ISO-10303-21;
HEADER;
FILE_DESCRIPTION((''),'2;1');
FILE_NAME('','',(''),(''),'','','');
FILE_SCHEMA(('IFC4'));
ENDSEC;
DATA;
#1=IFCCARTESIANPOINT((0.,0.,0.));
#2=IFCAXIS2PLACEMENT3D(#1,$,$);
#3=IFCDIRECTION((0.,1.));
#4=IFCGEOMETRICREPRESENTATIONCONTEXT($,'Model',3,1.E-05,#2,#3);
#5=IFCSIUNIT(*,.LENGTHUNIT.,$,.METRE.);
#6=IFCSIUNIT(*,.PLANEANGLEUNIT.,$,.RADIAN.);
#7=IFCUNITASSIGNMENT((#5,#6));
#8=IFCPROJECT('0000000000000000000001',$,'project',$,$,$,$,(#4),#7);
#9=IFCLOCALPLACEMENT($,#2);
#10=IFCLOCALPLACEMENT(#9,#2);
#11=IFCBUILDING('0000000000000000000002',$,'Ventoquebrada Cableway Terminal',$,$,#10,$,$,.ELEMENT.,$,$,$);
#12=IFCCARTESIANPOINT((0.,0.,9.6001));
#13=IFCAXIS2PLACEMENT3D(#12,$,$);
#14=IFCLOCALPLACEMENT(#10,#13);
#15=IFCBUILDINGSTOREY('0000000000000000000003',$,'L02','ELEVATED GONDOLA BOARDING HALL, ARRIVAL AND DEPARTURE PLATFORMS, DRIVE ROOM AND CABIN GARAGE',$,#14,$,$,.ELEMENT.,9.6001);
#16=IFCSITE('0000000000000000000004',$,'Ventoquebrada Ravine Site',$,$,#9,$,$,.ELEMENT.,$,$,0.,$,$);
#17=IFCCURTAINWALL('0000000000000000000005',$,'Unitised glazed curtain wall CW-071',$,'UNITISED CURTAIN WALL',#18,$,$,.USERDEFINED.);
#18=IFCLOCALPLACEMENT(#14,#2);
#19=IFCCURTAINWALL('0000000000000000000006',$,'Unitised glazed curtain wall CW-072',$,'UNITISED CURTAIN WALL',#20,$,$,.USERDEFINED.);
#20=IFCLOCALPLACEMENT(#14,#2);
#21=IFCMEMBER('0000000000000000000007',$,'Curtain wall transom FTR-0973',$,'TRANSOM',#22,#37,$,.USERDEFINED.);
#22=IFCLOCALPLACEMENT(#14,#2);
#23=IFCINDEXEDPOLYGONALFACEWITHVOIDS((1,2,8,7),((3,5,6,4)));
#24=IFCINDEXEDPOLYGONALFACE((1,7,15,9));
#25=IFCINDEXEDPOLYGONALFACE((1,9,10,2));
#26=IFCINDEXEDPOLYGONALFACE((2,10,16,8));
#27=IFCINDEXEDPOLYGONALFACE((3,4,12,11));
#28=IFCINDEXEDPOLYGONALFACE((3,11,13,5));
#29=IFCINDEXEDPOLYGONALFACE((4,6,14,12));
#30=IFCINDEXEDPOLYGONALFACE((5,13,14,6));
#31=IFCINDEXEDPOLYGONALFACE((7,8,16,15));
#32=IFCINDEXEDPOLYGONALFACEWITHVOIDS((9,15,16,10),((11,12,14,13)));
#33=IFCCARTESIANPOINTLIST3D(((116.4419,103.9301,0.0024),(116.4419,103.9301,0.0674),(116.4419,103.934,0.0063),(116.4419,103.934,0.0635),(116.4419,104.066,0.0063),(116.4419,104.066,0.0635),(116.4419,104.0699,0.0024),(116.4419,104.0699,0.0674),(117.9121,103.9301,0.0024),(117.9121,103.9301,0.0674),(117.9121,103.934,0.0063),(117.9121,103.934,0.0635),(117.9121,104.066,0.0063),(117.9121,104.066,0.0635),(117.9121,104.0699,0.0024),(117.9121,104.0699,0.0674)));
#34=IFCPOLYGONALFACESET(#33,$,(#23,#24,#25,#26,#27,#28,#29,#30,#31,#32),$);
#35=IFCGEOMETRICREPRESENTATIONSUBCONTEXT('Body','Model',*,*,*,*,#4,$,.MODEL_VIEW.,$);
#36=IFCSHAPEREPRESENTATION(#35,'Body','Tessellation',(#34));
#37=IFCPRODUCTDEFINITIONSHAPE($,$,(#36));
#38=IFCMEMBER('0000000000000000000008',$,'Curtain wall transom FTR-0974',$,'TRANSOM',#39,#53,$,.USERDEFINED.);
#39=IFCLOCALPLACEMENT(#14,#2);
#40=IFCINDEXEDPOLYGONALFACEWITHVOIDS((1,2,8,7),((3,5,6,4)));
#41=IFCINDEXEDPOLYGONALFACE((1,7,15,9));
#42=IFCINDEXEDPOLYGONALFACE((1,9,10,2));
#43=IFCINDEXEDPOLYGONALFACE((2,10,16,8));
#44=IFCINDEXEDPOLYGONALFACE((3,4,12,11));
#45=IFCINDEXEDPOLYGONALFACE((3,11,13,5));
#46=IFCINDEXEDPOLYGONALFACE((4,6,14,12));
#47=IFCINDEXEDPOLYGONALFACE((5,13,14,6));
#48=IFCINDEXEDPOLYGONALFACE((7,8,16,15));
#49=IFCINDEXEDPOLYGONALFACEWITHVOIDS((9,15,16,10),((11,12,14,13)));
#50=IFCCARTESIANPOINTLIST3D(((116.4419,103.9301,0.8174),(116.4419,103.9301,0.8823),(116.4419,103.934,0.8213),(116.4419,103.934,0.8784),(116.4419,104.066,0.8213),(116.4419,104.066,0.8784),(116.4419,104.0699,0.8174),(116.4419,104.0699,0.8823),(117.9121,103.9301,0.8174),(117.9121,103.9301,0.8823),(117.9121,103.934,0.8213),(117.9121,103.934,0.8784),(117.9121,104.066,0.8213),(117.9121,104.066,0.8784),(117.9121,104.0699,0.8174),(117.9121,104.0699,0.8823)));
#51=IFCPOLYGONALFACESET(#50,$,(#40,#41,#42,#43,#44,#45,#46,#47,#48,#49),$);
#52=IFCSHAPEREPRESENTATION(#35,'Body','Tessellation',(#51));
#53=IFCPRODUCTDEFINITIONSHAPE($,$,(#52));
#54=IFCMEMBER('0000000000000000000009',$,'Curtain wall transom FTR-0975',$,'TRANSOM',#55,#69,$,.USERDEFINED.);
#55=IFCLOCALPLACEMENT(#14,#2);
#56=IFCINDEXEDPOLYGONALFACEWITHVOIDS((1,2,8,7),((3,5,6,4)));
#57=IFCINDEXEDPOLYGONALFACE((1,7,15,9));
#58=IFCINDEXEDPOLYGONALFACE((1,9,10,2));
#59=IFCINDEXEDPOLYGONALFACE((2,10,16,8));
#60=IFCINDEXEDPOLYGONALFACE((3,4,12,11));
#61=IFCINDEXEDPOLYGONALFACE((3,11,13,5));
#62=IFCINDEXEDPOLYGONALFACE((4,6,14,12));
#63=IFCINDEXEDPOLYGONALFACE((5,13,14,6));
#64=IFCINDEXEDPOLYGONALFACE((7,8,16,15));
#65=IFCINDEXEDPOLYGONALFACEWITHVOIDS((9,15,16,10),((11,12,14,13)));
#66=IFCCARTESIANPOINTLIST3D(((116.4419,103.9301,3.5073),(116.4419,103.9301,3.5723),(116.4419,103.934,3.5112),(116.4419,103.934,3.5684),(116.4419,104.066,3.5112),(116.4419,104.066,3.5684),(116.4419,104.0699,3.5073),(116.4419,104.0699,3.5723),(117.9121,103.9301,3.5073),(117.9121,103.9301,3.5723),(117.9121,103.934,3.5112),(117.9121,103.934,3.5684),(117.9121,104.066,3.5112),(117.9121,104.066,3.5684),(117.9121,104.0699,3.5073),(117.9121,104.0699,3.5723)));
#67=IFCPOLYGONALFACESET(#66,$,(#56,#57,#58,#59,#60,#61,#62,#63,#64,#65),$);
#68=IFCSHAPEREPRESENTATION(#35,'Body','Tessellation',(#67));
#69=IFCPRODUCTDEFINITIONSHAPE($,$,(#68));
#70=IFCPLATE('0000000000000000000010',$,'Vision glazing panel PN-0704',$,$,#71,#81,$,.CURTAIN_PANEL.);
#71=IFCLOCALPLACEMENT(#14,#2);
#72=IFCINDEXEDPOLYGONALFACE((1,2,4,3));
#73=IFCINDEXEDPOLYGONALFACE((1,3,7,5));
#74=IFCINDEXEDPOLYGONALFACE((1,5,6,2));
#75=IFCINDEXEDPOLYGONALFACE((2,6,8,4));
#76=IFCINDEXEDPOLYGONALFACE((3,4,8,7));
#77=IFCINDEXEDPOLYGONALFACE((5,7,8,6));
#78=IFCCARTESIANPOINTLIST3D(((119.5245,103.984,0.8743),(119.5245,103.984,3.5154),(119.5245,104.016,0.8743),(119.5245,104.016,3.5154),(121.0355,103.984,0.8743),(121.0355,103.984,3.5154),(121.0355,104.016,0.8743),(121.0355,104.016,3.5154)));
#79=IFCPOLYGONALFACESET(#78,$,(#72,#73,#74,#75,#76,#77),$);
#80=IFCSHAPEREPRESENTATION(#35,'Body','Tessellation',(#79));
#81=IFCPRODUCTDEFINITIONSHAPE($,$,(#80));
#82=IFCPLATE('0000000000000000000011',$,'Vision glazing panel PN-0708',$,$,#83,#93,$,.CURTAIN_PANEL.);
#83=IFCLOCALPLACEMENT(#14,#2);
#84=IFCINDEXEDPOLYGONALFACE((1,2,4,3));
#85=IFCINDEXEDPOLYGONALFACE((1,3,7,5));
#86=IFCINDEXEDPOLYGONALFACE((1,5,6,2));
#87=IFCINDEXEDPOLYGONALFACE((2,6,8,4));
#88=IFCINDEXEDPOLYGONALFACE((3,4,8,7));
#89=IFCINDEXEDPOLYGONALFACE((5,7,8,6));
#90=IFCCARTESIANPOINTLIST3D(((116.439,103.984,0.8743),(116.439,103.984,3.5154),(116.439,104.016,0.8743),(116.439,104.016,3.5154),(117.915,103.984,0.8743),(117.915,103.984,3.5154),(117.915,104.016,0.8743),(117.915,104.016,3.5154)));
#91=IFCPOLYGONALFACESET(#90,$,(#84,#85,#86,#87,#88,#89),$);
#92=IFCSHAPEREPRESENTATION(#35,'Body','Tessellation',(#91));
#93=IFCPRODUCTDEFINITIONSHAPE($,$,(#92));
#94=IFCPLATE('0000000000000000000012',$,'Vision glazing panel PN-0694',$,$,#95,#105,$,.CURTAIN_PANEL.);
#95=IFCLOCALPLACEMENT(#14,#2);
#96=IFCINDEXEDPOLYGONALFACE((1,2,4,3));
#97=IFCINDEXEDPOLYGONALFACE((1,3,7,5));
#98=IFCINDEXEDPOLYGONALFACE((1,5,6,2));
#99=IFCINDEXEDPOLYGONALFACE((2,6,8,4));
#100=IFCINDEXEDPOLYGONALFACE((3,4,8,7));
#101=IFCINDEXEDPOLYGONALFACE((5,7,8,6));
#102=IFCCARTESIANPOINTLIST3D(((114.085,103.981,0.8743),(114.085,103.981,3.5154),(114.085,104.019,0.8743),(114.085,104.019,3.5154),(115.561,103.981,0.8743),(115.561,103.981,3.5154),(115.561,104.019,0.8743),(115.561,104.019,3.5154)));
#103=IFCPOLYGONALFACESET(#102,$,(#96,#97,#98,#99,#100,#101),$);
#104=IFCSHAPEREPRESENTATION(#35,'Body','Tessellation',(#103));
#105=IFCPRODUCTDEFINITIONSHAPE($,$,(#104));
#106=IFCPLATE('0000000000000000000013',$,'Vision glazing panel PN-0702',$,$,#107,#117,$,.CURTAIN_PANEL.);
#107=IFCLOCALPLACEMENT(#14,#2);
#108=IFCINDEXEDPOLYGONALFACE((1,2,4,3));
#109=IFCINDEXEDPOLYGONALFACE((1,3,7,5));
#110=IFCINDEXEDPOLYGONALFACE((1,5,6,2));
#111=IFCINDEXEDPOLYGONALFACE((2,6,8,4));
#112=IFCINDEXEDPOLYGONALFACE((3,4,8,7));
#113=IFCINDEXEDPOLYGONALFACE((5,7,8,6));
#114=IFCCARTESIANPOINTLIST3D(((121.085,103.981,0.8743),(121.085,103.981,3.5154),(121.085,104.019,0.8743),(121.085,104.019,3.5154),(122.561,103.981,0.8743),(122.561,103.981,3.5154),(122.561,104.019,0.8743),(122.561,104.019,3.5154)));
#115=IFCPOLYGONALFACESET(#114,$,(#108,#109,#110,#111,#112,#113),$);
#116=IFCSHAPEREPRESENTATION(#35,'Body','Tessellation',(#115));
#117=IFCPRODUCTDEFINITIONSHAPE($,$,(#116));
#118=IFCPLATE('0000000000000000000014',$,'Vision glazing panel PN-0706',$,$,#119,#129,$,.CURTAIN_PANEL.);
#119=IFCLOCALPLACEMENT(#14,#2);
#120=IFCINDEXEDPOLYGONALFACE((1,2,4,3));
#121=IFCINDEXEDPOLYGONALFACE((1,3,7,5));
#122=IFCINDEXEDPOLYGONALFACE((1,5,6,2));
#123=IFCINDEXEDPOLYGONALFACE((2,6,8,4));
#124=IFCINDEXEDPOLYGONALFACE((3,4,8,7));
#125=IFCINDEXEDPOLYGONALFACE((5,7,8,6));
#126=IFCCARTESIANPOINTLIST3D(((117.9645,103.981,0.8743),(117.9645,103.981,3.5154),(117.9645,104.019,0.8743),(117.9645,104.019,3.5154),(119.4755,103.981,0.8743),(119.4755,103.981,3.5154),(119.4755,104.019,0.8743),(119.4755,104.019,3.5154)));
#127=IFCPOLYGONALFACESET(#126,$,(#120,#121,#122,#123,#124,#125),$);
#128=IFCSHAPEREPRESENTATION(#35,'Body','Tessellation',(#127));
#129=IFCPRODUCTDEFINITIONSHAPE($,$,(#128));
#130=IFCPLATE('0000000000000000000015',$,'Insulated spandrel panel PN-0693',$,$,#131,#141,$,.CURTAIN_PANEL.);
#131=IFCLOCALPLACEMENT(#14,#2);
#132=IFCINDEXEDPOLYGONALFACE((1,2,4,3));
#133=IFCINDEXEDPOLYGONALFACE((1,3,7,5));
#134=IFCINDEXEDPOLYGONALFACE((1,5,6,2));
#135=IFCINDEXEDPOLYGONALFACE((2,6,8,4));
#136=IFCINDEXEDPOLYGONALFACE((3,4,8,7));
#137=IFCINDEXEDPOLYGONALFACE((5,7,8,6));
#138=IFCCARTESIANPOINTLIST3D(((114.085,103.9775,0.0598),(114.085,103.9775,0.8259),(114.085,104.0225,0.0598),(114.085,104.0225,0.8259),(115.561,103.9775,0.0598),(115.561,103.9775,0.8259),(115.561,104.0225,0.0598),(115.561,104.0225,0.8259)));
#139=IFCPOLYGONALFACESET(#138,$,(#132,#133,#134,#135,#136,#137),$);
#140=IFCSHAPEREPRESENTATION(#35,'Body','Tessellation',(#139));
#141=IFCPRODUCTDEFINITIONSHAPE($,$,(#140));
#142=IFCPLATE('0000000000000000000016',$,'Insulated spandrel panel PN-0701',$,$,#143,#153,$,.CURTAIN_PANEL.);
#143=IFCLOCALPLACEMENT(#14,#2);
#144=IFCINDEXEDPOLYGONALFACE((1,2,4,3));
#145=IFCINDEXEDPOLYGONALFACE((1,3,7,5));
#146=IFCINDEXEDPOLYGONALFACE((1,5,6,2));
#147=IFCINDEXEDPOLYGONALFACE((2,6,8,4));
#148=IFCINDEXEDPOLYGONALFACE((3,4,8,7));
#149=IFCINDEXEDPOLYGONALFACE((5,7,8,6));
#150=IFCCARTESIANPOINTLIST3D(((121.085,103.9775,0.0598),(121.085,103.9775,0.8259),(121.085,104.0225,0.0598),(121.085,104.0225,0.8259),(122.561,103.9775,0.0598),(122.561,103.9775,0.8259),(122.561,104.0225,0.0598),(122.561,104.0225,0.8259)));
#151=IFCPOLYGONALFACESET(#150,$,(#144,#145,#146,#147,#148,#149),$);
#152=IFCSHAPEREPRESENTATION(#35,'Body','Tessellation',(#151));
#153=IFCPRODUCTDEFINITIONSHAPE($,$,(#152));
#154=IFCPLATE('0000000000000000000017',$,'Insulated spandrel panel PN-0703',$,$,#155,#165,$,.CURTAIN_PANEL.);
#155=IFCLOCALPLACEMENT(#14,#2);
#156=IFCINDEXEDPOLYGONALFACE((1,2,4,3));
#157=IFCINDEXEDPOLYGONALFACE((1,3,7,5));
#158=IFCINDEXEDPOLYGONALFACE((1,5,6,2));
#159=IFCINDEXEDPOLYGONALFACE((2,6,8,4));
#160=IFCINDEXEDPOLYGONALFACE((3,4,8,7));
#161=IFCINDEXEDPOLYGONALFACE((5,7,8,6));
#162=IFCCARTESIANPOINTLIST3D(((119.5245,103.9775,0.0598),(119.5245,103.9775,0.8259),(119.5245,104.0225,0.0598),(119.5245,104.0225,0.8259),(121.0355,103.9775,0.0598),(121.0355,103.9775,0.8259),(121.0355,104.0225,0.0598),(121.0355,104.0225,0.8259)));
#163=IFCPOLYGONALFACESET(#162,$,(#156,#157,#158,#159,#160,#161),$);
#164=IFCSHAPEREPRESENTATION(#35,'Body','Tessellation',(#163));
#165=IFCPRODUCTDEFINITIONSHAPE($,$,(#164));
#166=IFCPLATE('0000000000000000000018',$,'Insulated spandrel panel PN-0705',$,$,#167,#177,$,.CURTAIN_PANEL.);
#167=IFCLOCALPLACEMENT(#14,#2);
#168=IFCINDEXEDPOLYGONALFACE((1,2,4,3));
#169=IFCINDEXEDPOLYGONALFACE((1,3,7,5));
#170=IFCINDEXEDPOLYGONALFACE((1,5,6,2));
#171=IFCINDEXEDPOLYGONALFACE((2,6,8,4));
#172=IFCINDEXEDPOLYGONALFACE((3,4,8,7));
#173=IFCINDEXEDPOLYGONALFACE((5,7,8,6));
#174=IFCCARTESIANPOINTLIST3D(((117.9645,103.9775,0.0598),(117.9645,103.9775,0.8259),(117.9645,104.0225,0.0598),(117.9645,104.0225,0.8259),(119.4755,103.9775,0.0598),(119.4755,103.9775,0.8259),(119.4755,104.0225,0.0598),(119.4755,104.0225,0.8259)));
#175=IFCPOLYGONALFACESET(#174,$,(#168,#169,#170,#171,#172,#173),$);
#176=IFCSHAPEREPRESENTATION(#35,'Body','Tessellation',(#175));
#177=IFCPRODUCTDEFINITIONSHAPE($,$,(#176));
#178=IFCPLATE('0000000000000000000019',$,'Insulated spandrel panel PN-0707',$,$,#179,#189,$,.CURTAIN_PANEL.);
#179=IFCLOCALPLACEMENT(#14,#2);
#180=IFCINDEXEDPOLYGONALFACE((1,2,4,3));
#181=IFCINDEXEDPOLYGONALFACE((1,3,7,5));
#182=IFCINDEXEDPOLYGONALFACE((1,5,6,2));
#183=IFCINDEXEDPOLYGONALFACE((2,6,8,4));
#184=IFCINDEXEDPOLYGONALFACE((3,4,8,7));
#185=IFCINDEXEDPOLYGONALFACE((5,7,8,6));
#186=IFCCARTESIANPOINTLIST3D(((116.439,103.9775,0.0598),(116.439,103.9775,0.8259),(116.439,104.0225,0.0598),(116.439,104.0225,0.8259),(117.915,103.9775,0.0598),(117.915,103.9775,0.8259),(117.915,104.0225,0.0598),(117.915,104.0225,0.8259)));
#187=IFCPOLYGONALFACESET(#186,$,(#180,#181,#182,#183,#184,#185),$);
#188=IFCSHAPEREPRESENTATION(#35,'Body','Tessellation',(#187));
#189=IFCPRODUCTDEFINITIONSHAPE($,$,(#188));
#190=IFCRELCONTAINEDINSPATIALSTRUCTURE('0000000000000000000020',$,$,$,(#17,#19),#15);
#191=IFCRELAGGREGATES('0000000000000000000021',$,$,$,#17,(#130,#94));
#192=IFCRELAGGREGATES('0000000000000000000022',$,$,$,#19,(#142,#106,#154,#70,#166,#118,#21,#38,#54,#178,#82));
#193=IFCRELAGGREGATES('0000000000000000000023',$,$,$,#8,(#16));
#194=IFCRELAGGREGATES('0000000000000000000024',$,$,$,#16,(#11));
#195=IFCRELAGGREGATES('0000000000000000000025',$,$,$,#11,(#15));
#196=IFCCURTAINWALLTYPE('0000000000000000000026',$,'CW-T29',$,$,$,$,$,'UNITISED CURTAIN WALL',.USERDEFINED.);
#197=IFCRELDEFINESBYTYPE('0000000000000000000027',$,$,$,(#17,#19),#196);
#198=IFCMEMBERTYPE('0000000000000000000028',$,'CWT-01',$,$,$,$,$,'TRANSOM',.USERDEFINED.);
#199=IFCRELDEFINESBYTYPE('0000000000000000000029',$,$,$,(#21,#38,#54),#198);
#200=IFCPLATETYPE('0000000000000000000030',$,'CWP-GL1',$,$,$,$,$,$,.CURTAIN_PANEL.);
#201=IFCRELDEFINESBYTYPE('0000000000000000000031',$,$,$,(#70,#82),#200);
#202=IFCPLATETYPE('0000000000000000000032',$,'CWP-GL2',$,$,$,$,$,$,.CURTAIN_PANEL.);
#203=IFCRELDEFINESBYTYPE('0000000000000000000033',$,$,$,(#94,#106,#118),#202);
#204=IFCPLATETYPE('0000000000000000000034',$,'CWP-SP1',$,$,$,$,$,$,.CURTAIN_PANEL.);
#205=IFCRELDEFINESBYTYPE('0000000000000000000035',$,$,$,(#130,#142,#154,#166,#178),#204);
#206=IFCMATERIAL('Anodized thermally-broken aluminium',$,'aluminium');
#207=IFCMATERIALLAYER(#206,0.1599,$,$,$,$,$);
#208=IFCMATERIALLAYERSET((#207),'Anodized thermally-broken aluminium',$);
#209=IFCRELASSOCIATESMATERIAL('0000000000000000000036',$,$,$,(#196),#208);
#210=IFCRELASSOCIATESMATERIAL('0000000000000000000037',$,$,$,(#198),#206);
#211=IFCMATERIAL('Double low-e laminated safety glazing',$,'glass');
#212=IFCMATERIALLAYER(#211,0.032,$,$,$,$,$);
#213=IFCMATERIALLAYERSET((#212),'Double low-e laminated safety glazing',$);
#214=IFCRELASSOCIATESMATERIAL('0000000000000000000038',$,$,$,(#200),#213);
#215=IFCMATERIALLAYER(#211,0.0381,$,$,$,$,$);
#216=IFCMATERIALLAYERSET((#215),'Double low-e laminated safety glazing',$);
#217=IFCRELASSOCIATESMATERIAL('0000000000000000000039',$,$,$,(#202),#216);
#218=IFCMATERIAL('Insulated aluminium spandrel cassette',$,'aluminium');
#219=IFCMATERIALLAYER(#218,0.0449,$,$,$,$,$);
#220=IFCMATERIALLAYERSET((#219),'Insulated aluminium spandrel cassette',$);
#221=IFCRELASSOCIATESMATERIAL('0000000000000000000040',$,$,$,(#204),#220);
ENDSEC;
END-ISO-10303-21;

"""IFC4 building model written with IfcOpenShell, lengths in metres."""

from ifc_helpers import new_model, si_unit, direction, frame, origin, origin_2d, place, context, subcontext, project, spatial, rectangle, hollow_rectangle, extrude, material, layer, layer_set, material_profile, profile_set, type_object, element, aggregate, save


model = new_model("IFC4")

# Units and contexts
model_context = context("Model", 3, precision=1e-05, world=origin(), true_north=direction((0.0, 1.0)))
body_context = subcontext(model_context, "Body", "Model", "MODEL_VIEW")
ifc_project = project(units=[si_unit("LENGTHUNIT", "METRE"), si_unit("PLANEANGLEUNIT", "RADIAN")], contexts=[model_context])

# Site, building, storey
site_placement = place(None, origin())
site = spatial("IfcSite", under=ifc_project, at=site_placement, Name="Ventoquebrada Ravine Site", CompositionType="ELEMENT", RefElevation=0.0)
building_placement = place(site_placement, origin())
building = spatial("IfcBuilding", under=site, at=building_placement, Name="Ventoquebrada Cableway Terminal", CompositionType="ELEMENT")
storey_placement = place(building_placement, frame((0.0, 0.0, 9.6001)))
storey = spatial("IfcBuildingStorey", under=building, at=storey_placement, Name="L02", Description="ELEVATED GONDOLA BOARDING HALL, ARRIVAL AND DEPARTURE PLATFORMS, DRIVE ROOM AND CABIN GARAGE", CompositionType="ELEMENT", Elevation=9.6001)

# Curtain walls
ifc_material_1 = material(Name="Anodized thermally-broken aluminium", Category="aluminium")
ifc_layer_1 = layer(ifc_material_1, 0.1599)
ifc_layer_set_1 = layer_set([ifc_layer_1], Name="Anodized thermally-broken aluminium")
curtain_wall_type = type_object("IfcCurtainWallType", Name="CW-T29", ElementType="UNITISED CURTAIN WALL", PredefinedType="USERDEFINED", material=ifc_layer_set_1)
curtain_wall_1_placement = place(storey_placement, origin())
curtain_wall_1 = element("IfcCurtainWall", 1, at=curtain_wall_1_placement, inside=storey, type_object=curtain_wall_type, Name="Unitised glazed curtain wall CW-071", ObjectType="UNITISED CURTAIN WALL", PredefinedType="USERDEFINED")
curtain_wall_2_placement = place(storey_placement, origin())
curtain_wall_2 = element("IfcCurtainWall", 2, at=curtain_wall_2_placement, inside=storey, type_object=curtain_wall_type, Name="Unitised glazed curtain wall CW-072", ObjectType="UNITISED CURTAIN WALL", PredefinedType="USERDEFINED")

# Members
ifc_material_profile_1 = material_profile(ifc_material_1, hollow_rectangle(XDim=0.0649, YDim=0.1399, WallThickness=0.0039, at=origin_2d()), Name="CW-TRN-65X140")
ifc_profile_set_1 = profile_set([ifc_material_profile_1], Name="Anodized thermally-broken aluminium")
member_type_1 = type_object("IfcMemberType", Name="CWT-01", ElementType="TRANSOM", PredefinedType="USERDEFINED", material=ifc_profile_set_1)
member_1_placement = place(storey_placement, frame((117.9121, 104.0, 0.0349), z_axis=(-1.0, 0.0, 0.0), x_axis=(0.0, 0.0, 1.0)))
member_1 = element("IfcMember", 3, at=member_1_placement, type_object=member_type_1, Name="Curtain wall transom FTR-0973", ObjectType="TRANSOM", PredefinedType="USERDEFINED", context=body_context, shape_type="SweptSolid", body=[
    extrude(hollow_rectangle(XDim=0.0649, YDim=0.1399, WallThickness=0.0039, at=origin_2d()), origin(), (0.0, 0.0, 1.0), 1.4702),
])
member_2_placement = place(storey_placement, frame((117.9121, 104.0, 0.8499), z_axis=(-1.0, 0.0, 0.0), x_axis=(0.0, 0.0, 1.0)))
member_2 = element("IfcMember", 4, at=member_2_placement, type_object=member_type_1, Name="Curtain wall transom FTR-0974", ObjectType="TRANSOM", PredefinedType="USERDEFINED", context=body_context, shape_type="SweptSolid", body=[
    extrude(hollow_rectangle(XDim=0.0649, YDim=0.1399, WallThickness=0.0039, at=origin_2d()), origin(), (0.0, 0.0, 1.0), 1.4702),
])
member_3_placement = place(storey_placement, frame((117.9121, 104.0, 3.5398), z_axis=(-1.0, 0.0, 0.0), x_axis=(0.0, 0.0, 1.0)))
member_3 = element("IfcMember", 5, at=member_3_placement, type_object=member_type_1, Name="Curtain wall transom FTR-0975", ObjectType="TRANSOM", PredefinedType="USERDEFINED", context=body_context, shape_type="SweptSolid", body=[
    extrude(hollow_rectangle(XDim=0.0649, YDim=0.1399, WallThickness=0.0039, at=origin_2d()), origin(), (0.0, 0.0, 1.0), 1.4702),
])

# Plates
ifc_material_2 = material(Name="Double low-e laminated safety glazing", Category="glass")
ifc_layer_2 = layer(ifc_material_2, 0.032)
ifc_layer_set_2 = layer_set([ifc_layer_2], Name="Double low-e laminated safety glazing")
plate_type_1 = type_object("IfcPlateType", Name="CWP-GL1", PredefinedType="CURTAIN_PANEL", material=ifc_layer_set_2)
plate_1_placement = place(storey_placement, frame((120.28, 104.0, 0.8743), z_axis=(0.0, 0.0, 1.0), x_axis=(-1.0, 0.0, 0.0)))
plate_1 = element("IfcPlate", 6, at=plate_1_placement, type_object=plate_type_1, Name="Vision glazing panel PN-0704", PredefinedType="CURTAIN_PANEL", context=body_context, shape_type="SweptSolid", body=[
    extrude(rectangle(XDim=1.511, YDim=0.032, at=origin_2d()), origin(), (0.0, 0.0, 1.0), 2.6411),
])
plate_2_placement = place(storey_placement, frame((117.177, 104.0, 0.8743), z_axis=(0.0, 0.0, 1.0), x_axis=(-1.0, 0.0, 0.0)))
plate_2 = element("IfcPlate", 7, at=plate_2_placement, type_object=plate_type_1, Name="Vision glazing panel PN-0708", PredefinedType="CURTAIN_PANEL", context=body_context, shape_type="SweptSolid", body=[
    extrude(rectangle(XDim=1.4761, YDim=0.032, at=origin_2d()), origin(), (0.0, 0.0, 1.0), 2.6411),
])
ifc_layer_3 = layer(ifc_material_2, 0.0381)
ifc_layer_set_3 = layer_set([ifc_layer_3], Name="Double low-e laminated safety glazing")
plate_type_2 = type_object("IfcPlateType", Name="CWP-GL2", PredefinedType="CURTAIN_PANEL", material=ifc_layer_set_3)
plate_3_placement = place(storey_placement, frame((114.823, 104.0, 0.8743), z_axis=(0.0, 0.0, 1.0), x_axis=(-1.0, 0.0, 0.0)))
plate_3 = element("IfcPlate", 8, at=plate_3_placement, type_object=plate_type_2, Name="Vision glazing panel PN-0694", PredefinedType="CURTAIN_PANEL", context=body_context, shape_type="SweptSolid", body=[
    extrude(rectangle(XDim=1.4761, YDim=0.0381, at=origin_2d()), origin(), (0.0, 0.0, 1.0), 2.6411),
])
plate_4_placement = place(storey_placement, frame((121.823, 104.0, 0.8743), z_axis=(0.0, 0.0, 1.0), x_axis=(-1.0, 0.0, 0.0)))
plate_4 = element("IfcPlate", 9, at=plate_4_placement, type_object=plate_type_2, Name="Vision glazing panel PN-0702", PredefinedType="CURTAIN_PANEL", context=body_context, shape_type="SweptSolid", body=[
    extrude(rectangle(XDim=1.4761, YDim=0.0381, at=origin_2d()), origin(), (0.0, 0.0, 1.0), 2.6411),
])
plate_5_placement = place(storey_placement, frame((118.72, 104.0, 0.8743), z_axis=(0.0, 0.0, 1.0), x_axis=(-1.0, 0.0, 0.0)))
plate_5 = element("IfcPlate", 10, at=plate_5_placement, type_object=plate_type_2, Name="Vision glazing panel PN-0706", PredefinedType="CURTAIN_PANEL", context=body_context, shape_type="SweptSolid", body=[
    extrude(rectangle(XDim=1.511, YDim=0.0381, at=origin_2d()), origin(), (0.0, 0.0, 1.0), 2.6411),
])
ifc_material_3 = material(Name="Insulated aluminium spandrel cassette", Category="aluminium")
ifc_layer_4 = layer(ifc_material_3, 0.0449)
ifc_layer_set_4 = layer_set([ifc_layer_4], Name="Insulated aluminium spandrel cassette")
plate_type_3 = type_object("IfcPlateType", Name="CWP-SP1", PredefinedType="CURTAIN_PANEL", material=ifc_layer_set_4)
plate_6_placement = place(storey_placement, frame((114.823, 104.0, 0.0598), z_axis=(0.0, 0.0, 1.0), x_axis=(-1.0, 0.0, 0.0)))
plate_6 = element("IfcPlate", 11, at=plate_6_placement, type_object=plate_type_3, Name="Insulated spandrel panel PN-0693", PredefinedType="CURTAIN_PANEL", context=body_context, shape_type="SweptSolid", body=[
    extrude(rectangle(XDim=1.4761, YDim=0.0449, at=origin_2d()), origin(), (0.0, 0.0, 1.0), 0.7661),
])
aggregate(curtain_wall_1, [plate_6, plate_3])
plate_7_placement = place(storey_placement, frame((121.823, 104.0, 0.0598), z_axis=(0.0, 0.0, 1.0), x_axis=(-1.0, 0.0, 0.0)))
plate_7 = element("IfcPlate", 12, at=plate_7_placement, type_object=plate_type_3, Name="Insulated spandrel panel PN-0701", PredefinedType="CURTAIN_PANEL", context=body_context, shape_type="SweptSolid", body=[
    extrude(rectangle(XDim=1.4761, YDim=0.0449, at=origin_2d()), origin(), (0.0, 0.0, 1.0), 0.7661),
])
plate_8_placement = place(storey_placement, frame((120.28, 104.0, 0.0598), z_axis=(0.0, 0.0, 1.0), x_axis=(-1.0, 0.0, 0.0)))
plate_8 = element("IfcPlate", 13, at=plate_8_placement, type_object=plate_type_3, Name="Insulated spandrel panel PN-0703", PredefinedType="CURTAIN_PANEL", context=body_context, shape_type="SweptSolid", body=[
    extrude(rectangle(XDim=1.511, YDim=0.0449, at=origin_2d()), origin(), (0.0, 0.0, 1.0), 0.7661),
])
plate_9_placement = place(storey_placement, frame((118.72, 104.0, 0.0598), z_axis=(0.0, 0.0, 1.0), x_axis=(-1.0, 0.0, 0.0)))
plate_9 = element("IfcPlate", 14, at=plate_9_placement, type_object=plate_type_3, Name="Insulated spandrel panel PN-0705", PredefinedType="CURTAIN_PANEL", context=body_context, shape_type="SweptSolid", body=[
    extrude(rectangle(XDim=1.511, YDim=0.0449, at=origin_2d()), origin(), (0.0, 0.0, 1.0), 0.7661),
])
plate_10_placement = place(storey_placement, frame((117.177, 104.0, 0.0598), z_axis=(0.0, 0.0, 1.0), x_axis=(-1.0, 0.0, 0.0)))
plate_10 = element("IfcPlate", 15, at=plate_10_placement, type_object=plate_type_3, Name="Insulated spandrel panel PN-0707", PredefinedType="CURTAIN_PANEL", context=body_context, shape_type="SweptSolid", body=[
    extrude(rectangle(XDim=1.4761, YDim=0.0449, at=origin_2d()), origin(), (0.0, 0.0, 1.0), 0.7661),
])
aggregate(curtain_wall_2, [plate_7, plate_4, plate_8, plate_1, plate_9, plate_5, member_1, member_2, member_3, plate_10, plate_2])

save(model, "model.ifc")
